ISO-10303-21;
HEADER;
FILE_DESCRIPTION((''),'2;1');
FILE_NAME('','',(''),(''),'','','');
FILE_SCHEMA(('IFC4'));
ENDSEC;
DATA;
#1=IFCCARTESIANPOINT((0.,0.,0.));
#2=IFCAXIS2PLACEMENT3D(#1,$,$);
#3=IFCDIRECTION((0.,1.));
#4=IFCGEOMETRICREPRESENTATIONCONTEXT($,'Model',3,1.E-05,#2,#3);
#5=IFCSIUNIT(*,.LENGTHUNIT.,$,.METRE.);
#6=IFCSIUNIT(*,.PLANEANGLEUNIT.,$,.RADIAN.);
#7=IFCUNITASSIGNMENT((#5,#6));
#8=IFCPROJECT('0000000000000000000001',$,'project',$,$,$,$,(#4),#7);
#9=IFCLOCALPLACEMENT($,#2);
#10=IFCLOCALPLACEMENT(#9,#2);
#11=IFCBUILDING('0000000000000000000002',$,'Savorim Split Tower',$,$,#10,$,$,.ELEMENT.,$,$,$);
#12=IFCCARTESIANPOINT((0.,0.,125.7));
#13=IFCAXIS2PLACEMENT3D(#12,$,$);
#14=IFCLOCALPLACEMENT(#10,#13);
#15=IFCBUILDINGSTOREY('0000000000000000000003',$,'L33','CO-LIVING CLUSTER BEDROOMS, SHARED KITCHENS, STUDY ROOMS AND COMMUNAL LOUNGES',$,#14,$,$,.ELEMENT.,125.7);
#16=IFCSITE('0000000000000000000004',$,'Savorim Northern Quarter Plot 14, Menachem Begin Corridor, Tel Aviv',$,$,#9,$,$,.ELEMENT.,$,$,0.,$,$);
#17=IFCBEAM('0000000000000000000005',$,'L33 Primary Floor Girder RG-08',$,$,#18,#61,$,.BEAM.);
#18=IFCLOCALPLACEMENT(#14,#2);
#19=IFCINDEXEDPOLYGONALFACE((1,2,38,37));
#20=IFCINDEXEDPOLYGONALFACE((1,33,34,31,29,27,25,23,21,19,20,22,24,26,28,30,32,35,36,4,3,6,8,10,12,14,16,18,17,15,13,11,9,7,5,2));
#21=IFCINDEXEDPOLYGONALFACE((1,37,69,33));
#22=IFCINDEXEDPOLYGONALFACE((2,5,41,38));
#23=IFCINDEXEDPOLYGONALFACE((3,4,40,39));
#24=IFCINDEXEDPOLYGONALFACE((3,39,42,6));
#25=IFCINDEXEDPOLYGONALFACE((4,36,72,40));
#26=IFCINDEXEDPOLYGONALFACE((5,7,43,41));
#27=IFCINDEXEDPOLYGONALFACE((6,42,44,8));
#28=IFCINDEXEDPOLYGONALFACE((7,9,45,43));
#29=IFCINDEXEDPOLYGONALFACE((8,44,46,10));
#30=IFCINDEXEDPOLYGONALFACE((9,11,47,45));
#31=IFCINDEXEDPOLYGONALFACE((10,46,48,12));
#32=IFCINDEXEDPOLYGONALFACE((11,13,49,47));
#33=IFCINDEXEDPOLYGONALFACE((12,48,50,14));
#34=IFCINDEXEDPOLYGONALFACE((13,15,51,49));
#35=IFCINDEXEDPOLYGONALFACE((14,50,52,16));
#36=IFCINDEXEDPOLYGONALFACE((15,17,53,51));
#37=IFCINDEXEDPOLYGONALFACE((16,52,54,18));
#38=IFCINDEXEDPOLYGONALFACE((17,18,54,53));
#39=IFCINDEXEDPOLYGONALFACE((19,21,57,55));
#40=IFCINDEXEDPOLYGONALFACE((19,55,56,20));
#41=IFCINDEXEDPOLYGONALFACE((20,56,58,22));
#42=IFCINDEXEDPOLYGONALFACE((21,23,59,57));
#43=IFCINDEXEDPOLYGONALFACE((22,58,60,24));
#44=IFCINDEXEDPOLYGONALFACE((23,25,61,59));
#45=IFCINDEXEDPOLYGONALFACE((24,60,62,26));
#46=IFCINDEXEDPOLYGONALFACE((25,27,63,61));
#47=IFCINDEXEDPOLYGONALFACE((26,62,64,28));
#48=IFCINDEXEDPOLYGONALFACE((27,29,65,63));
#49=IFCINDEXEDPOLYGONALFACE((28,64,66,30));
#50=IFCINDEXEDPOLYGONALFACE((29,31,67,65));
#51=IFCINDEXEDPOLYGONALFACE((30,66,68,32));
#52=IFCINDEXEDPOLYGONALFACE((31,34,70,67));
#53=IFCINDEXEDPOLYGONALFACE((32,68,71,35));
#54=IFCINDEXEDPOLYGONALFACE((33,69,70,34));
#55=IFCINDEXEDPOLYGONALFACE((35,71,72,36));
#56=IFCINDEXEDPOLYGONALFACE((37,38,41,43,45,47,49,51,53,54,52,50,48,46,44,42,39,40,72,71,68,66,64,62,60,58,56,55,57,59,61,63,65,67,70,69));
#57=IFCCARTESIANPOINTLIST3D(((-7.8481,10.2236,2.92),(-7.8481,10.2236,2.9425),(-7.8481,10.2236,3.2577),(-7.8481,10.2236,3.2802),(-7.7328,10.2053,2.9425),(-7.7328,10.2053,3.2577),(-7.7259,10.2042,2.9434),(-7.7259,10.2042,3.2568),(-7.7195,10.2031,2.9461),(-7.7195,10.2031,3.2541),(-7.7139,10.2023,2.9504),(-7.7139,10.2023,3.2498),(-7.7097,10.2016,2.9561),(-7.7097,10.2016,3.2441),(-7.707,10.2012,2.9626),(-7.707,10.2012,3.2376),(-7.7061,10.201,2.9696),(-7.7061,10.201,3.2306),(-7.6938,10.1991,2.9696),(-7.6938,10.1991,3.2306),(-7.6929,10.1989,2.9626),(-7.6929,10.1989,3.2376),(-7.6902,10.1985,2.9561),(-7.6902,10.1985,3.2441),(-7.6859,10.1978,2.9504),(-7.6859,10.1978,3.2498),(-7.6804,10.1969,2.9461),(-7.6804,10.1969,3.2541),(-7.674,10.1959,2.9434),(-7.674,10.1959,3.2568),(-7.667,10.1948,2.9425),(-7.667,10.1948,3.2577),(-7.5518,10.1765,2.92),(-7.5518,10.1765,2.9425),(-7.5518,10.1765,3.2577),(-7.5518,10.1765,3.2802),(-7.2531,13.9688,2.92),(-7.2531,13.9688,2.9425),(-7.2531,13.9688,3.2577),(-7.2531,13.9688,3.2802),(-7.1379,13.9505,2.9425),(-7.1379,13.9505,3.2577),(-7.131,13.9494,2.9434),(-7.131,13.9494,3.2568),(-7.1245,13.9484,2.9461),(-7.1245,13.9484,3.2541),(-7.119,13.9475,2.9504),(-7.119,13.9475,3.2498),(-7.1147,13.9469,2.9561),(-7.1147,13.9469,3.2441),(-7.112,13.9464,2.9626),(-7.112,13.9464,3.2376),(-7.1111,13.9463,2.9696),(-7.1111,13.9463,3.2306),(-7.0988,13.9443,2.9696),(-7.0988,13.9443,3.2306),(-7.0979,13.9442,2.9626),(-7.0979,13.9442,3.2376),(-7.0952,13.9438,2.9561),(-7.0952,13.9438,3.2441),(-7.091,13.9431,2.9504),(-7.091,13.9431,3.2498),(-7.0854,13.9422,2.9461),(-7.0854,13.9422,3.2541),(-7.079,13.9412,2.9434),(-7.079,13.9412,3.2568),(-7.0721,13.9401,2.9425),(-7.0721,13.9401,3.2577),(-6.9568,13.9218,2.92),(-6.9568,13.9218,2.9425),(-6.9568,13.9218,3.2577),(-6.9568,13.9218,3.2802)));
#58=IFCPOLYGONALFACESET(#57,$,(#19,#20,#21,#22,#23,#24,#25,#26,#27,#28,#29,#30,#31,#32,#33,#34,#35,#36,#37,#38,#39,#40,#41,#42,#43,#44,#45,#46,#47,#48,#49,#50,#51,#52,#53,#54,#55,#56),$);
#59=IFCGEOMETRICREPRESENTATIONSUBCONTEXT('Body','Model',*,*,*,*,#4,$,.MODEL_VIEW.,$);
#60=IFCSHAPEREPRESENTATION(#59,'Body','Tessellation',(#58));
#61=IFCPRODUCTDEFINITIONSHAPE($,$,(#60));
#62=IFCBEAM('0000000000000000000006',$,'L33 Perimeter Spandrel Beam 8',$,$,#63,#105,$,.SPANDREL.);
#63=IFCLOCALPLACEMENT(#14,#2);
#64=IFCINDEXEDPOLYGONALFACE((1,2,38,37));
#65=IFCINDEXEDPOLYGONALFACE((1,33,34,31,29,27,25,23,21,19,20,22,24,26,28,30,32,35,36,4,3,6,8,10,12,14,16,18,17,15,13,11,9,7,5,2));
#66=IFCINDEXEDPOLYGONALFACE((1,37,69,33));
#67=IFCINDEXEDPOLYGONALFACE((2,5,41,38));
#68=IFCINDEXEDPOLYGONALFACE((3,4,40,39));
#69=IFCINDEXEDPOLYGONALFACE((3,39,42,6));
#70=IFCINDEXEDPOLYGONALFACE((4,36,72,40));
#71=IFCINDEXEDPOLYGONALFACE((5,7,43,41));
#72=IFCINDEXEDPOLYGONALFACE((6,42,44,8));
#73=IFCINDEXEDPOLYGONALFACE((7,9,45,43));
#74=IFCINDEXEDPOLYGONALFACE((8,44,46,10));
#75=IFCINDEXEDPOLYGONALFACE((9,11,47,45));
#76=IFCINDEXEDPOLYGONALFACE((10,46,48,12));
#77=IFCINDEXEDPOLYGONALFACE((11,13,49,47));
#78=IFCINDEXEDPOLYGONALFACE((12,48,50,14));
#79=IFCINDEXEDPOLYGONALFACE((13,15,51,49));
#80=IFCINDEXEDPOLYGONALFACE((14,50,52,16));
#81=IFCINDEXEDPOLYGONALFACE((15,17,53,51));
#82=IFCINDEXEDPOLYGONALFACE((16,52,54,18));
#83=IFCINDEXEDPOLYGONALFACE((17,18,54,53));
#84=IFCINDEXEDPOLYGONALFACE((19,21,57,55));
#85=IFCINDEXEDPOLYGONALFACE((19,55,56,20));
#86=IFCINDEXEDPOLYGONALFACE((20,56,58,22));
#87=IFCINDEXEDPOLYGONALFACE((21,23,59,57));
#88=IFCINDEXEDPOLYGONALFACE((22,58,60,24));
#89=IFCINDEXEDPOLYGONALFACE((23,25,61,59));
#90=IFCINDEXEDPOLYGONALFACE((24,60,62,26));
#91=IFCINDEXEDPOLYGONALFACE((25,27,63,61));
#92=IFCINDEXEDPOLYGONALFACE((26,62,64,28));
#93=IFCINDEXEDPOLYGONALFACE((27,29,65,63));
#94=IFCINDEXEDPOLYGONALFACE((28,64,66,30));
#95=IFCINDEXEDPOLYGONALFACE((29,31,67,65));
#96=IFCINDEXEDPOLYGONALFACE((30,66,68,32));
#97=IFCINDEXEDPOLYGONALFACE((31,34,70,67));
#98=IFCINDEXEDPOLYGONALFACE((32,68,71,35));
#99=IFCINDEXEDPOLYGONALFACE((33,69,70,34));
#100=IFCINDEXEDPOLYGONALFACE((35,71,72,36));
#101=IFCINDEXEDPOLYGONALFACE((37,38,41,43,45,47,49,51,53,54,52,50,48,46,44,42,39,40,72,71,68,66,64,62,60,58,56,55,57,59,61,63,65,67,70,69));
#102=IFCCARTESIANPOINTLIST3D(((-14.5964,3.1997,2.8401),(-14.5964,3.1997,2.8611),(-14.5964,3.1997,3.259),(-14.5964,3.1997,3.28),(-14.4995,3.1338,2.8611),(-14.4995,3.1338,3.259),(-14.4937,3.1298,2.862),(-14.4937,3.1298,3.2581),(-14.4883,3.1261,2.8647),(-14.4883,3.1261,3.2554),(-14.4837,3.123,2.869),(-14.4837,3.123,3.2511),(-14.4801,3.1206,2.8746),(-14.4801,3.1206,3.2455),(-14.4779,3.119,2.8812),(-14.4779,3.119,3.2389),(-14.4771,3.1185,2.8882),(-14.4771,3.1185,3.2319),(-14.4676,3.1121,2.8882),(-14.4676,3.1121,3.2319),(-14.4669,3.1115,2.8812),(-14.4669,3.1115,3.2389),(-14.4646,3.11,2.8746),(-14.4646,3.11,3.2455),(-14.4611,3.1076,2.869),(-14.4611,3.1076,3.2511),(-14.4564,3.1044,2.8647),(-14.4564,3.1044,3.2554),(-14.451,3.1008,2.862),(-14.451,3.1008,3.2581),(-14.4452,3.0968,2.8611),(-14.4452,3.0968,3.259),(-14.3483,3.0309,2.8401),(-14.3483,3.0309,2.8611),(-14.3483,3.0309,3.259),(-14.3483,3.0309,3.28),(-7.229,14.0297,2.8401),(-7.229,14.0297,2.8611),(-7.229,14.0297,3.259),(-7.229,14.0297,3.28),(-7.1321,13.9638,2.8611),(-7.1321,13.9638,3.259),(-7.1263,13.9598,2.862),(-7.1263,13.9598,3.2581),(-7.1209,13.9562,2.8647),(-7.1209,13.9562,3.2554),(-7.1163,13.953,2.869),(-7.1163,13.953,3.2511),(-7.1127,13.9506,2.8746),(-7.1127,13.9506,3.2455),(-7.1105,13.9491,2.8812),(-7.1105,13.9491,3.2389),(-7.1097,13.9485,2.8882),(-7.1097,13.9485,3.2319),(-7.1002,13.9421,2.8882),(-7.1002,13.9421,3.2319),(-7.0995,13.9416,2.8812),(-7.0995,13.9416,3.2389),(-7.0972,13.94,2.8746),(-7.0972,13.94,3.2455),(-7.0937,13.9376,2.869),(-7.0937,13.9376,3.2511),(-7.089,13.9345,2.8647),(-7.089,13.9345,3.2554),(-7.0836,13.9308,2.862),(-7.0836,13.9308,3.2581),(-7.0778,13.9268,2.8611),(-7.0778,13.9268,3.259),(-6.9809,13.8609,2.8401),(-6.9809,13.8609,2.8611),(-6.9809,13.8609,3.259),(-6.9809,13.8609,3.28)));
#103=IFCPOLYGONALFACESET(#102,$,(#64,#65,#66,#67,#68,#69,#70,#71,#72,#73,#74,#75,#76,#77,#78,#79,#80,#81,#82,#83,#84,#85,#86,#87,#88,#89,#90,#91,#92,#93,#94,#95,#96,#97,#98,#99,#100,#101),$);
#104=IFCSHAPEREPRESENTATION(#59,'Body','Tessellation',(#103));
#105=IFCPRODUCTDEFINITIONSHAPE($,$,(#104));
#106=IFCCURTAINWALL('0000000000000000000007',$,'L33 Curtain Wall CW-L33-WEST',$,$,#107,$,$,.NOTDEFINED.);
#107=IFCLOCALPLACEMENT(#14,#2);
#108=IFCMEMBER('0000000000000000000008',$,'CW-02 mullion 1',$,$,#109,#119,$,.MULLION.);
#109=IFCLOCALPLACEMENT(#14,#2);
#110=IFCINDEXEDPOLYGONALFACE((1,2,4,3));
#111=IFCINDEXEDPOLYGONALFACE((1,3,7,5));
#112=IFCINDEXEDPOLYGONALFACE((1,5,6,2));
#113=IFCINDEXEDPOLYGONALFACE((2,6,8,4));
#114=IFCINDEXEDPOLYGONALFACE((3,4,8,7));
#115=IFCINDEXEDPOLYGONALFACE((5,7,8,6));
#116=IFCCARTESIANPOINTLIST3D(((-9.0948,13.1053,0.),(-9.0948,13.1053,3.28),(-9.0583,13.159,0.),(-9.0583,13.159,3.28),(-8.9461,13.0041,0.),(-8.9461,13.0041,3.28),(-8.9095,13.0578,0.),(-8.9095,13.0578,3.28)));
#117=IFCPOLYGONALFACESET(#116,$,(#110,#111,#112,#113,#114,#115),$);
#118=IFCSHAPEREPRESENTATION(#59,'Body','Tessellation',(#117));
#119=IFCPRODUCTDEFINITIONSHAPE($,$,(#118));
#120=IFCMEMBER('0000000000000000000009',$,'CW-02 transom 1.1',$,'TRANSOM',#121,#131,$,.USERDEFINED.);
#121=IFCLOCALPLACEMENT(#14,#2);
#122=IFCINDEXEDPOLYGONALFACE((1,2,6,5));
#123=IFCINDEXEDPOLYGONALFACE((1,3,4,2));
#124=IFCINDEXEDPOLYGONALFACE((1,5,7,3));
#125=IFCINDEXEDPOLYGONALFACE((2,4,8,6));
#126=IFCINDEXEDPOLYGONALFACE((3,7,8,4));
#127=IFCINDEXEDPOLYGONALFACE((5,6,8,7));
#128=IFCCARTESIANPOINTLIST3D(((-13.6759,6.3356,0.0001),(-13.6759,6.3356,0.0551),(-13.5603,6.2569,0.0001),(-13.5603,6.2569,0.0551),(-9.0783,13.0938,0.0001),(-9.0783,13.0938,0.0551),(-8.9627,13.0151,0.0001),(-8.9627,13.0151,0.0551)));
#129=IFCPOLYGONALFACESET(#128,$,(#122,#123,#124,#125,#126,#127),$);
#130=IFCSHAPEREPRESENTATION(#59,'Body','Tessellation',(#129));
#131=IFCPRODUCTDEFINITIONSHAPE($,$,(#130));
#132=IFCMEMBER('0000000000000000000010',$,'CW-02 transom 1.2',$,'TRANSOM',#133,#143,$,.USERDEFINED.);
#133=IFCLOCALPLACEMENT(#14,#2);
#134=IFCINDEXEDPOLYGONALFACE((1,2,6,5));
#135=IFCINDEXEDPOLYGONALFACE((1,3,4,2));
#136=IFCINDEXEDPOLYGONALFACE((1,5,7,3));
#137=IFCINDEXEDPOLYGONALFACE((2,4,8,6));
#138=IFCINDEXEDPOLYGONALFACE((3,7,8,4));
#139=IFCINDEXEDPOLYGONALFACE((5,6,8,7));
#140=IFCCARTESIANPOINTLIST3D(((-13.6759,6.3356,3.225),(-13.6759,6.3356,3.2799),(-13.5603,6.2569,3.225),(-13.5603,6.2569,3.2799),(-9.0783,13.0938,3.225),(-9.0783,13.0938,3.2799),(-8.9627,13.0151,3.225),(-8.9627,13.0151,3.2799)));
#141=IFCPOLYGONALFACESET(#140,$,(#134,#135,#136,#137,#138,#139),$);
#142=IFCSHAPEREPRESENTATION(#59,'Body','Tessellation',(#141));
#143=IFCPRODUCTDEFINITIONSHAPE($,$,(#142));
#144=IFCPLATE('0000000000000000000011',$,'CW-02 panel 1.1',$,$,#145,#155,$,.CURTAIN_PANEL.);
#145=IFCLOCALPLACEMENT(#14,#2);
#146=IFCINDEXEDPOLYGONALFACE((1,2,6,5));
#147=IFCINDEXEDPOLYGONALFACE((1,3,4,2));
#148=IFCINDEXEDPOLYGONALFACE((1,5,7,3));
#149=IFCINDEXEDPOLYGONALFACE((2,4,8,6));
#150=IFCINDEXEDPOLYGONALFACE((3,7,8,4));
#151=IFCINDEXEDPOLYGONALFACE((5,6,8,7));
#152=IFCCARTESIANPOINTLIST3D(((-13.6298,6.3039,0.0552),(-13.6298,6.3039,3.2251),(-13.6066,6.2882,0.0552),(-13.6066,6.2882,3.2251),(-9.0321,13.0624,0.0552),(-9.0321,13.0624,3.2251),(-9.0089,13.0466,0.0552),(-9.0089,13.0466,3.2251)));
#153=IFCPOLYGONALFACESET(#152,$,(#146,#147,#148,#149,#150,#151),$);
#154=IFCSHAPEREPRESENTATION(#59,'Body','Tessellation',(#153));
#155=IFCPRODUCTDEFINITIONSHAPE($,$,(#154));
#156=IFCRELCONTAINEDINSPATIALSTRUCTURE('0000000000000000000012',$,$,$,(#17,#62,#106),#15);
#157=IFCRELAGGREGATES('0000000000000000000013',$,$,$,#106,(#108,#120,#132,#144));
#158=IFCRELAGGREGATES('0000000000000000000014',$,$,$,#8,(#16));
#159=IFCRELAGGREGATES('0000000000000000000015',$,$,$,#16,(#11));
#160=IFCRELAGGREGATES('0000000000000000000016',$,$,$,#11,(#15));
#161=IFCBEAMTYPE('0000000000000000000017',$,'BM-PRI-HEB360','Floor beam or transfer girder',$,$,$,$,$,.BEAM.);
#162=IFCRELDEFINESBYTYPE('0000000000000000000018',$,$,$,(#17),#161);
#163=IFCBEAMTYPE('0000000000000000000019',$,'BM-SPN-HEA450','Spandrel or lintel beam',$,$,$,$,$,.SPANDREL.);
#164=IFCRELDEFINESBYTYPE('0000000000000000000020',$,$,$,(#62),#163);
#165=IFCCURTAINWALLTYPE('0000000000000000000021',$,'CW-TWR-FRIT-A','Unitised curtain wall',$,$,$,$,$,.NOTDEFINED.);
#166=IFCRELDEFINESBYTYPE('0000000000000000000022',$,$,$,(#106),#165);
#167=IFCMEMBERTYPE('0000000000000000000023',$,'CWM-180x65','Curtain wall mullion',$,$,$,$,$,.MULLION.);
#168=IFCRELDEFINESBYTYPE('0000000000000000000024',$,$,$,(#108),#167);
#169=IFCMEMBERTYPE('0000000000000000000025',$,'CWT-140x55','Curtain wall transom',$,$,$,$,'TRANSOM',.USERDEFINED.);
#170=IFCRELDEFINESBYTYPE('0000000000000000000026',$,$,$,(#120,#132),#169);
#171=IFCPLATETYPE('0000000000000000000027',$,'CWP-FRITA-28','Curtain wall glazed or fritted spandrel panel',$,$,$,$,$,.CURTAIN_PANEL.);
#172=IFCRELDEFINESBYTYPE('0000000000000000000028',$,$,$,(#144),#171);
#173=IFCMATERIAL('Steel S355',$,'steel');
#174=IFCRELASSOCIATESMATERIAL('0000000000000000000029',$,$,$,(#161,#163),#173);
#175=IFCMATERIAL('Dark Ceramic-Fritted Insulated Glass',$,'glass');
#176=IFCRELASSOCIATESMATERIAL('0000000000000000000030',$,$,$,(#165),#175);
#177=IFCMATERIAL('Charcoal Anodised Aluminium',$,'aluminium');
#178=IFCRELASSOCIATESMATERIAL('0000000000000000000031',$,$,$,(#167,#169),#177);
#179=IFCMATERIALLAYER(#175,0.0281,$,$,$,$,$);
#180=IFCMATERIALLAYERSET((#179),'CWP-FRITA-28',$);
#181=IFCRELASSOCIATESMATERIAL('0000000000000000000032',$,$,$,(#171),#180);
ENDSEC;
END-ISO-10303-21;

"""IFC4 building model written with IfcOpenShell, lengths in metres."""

from ifc_helpers import new_model, si_unit, direction, frame, origin, origin_2d, place, context, subcontext, project, spatial, rectangle, i_section, extrude, material, layer, layer_set, material_profile, profile_set, type_object, element, aggregate, save


model = new_model("IFC4")

# Units and contexts
model_context = context("Model", 3, precision=1e-05, world=origin(), true_north=direction((0.0, 1.0)))
body_context = subcontext(model_context, "Body", "Model", "MODEL_VIEW")
ifc_project = project(units=[si_unit("LENGTHUNIT", "METRE"), si_unit("PLANEANGLEUNIT", "RADIAN")], contexts=[model_context])

# Site, building, storey
site_placement = place(None, origin())
site = spatial("IfcSite", under=ifc_project, at=site_placement, Name="Savorim Northern Quarter Plot 14, Menachem Begin Corridor, Tel Aviv", CompositionType="ELEMENT", RefElevation=0.0)
building_placement = place(site_placement, origin())
building = spatial("IfcBuilding", under=site, at=building_placement, Name="Savorim Split Tower", CompositionType="ELEMENT")
storey_placement = place(building_placement, frame((0.0, 0.0, 125.7)))
storey = spatial("IfcBuildingStorey", under=building, at=storey_placement, Name="L33", Description="CO-LIVING CLUSTER BEDROOMS, SHARED KITCHENS, STUDY ROOMS AND COMMUNAL LOUNGES", CompositionType="ELEMENT", Elevation=125.7)

# Beams
ifc_material_1 = material(Name="Steel S355", Category="steel")
ifc_material_profile_1 = material_profile(ifc_material_1, i_section(OverallWidth=0.3, OverallDepth=0.3601, WebThickness=0.0125, FlangeThickness=0.0225, FilletRadius=0.0271, at=origin_2d()), Name="HEB 360")
ifc_profile_set_1 = profile_set([ifc_material_profile_1], Name="Steel S355")
beam_type_1 = type_object("IfcBeamType", Name="BM-PRI-HEB360", Description="Floor beam or transfer girder", PredefinedType="BEAM", material=ifc_profile_set_1)
beam_1_placement = place(storey_placement, frame((-7.105, 13.9453, 3.1001), z_axis=(-0.156888, -0.987616, 0.0), x_axis=(0.987616, -0.156888, 0.0)))
element("IfcBeam", 1, at=beam_1_placement, inside=storey, type_object=beam_type_1, Name="L33 Primary Floor Girder RG-08", PredefinedType="BEAM", context=body_context, shape_type="SweptSolid", body=[
    extrude(i_section(OverallWidth=0.3, OverallDepth=0.3601, WebThickness=0.0125, FlangeThickness=0.0225, FilletRadius=0.0271, at=origin_2d()), origin(), (0.0, 0.0, 1.0), 3.7922),
])
ifc_material_profile_2 = material_profile(ifc_material_1, i_section(OverallWidth=0.3, OverallDepth=0.4399, WebThickness=0.0115, FlangeThickness=0.021, FilletRadius=0.0271, at=origin_2d()), Name="HEA 450")
ifc_profile_set_2 = profile_set([ifc_material_profile_2], Name="Steel S355")
beam_type_2 = type_object("IfcBeamType", Name="BM-SPN-HEA450", Description="Spandrel or lintel beam", PredefinedType="SPANDREL", material=ifc_profile_set_2)
beam_2_placement = place(storey_placement, frame((-7.105, 13.9453, 3.0601), z_axis=(-0.562466, -0.826821, 0.0), x_axis=(0.826821, -0.562466, 0.0)))
element("IfcBeam", 2, at=beam_2_placement, inside=storey, type_object=beam_type_2, Name="L33 Perimeter Spandrel Beam 8", PredefinedType="SPANDREL", context=body_context, shape_type="SweptSolid", body=[
    extrude(i_section(OverallWidth=0.3, OverallDepth=0.4399, WebThickness=0.0115, FlangeThickness=0.021, FilletRadius=0.0271, at=origin_2d()), origin(), (0.0, 0.0, 1.0), 13.0984),
])

# Curtain wall, members, plate
ifc_material_2 = material(Name="Dark Ceramic-Fritted Insulated Glass", Category="glass")
curtain_wall_type = type_object("IfcCurtainWallType", Name="CW-TWR-FRIT-A", Description="Unitised curtain wall", PredefinedType="NOTDEFINED", material=ifc_material_2)
curtain_wall_placement = place(storey_placement, origin())
curtain_wall = element("IfcCurtainWall", 3, at=curtain_wall_placement, inside=storey, type_object=curtain_wall_type, Name="L33 Curtain Wall CW-L33-WEST", PredefinedType="NOTDEFINED")
ifc_material_3 = material(Name="Charcoal Anodised Aluminium", Category="aluminium")
ifc_material_profile_3 = material_profile(ifc_material_3, rectangle(XDim=0.1799, YDim=0.0649, at=origin_2d()), Name="ALU-M 180x65")
ifc_profile_set_3 = profile_set([ifc_material_profile_3], Name="Charcoal Anodised Aluminium")
member_type_1 = type_object("IfcMemberType", Name="CWM-180x65", Description="Curtain wall mullion", PredefinedType="MULLION", material=ifc_profile_set_3)
member_1_placement = place(storey_placement, frame((-9.0022, 13.0815, 0.0), z_axis=(0.0, 0.0, 1.0), x_axis=(0.82682, -0.562467, 0.0)))
member_1 = element("IfcMember", 4, at=member_1_placement, type_object=member_type_1, Name="CW-02 mullion 1", PredefinedType="MULLION", context=body_context, shape_type="SweptSolid", body=[
    extrude(rectangle(XDim=0.1799, YDim=0.0649, at=origin_2d()), origin(), (0.0, 0.0, 1.0), 3.28),
])
ifc_material_profile_4 = material_profile(ifc_material_3, rectangle(XDim=0.1399, YDim=0.0549, at=origin_2d()), Name="ALU-T 140x55")
ifc_profile_set_4 = profile_set([ifc_material_profile_4], Name="Charcoal Anodised Aluminium")
member_type_2 = type_object("IfcMemberType", Name="CWT-140x55", Description="Curtain wall transom", ElementType="TRANSOM", PredefinedType="USERDEFINED", material=ifc_profile_set_4)
member_2_placement = place(storey_placement, frame((-9.0205, 13.0544, 0.0276), z_axis=(-0.562478, -0.826812, 0.0), x_axis=(0.826812, -0.562478, 0.0)))
member_2 = element("IfcMember", 5, at=member_2_placement, type_object=member_type_2, Name="CW-02 transom 1.1", ObjectType="TRANSOM", PredefinedType="USERDEFINED", context=body_context, shape_type="SweptSolid", body=[
    extrude(rectangle(XDim=0.1399, YDim=0.0549, at=origin_2d()), origin(), (0.0, 0.0, 1.0), 8.1738),
])
member_3_placement = place(storey_placement, frame((-9.0205, 13.0544, 3.2524), z_axis=(-0.562478, -0.826812, 0.0), x_axis=(0.826812, -0.562478, 0.0)))
member_3 = element("IfcMember", 6, at=member_3_placement, type_object=member_type_2, Name="CW-02 transom 1.2", ObjectType="TRANSOM", PredefinedType="USERDEFINED", context=body_context, shape_type="SweptSolid", body=[
    extrude(rectangle(XDim=0.1399, YDim=0.0549, at=origin_2d()), origin(), (0.0, 0.0, 1.0), 8.1738),
])
ifc_layer_1 = layer(ifc_material_2, 0.0281)
ifc_layer_set_1 = layer_set([ifc_layer_1], Name="CWP-FRITA-28")
plate_type = type_object("IfcPlateType", Name="CWP-FRITA-28", Description="Curtain wall glazed or fritted spandrel panel", PredefinedType="CURTAIN_PANEL", material=ifc_layer_set_1)
plate_placement = place(storey_placement, frame((-11.3193, 9.6753, 0.0552), z_axis=(0.0, 0.0, 1.0), x_axis=(-0.562467, -0.82682, 0.0)))
plate = element("IfcPlate", 7, at=plate_placement, type_object=plate_type, Name="CW-02 panel 1.1", PredefinedType="CURTAIN_PANEL", context=body_context, shape_type="SweptSolid", body=[
    extrude(rectangle(XDim=8.1741, YDim=0.0281, at=origin_2d()), origin(), (0.0, 0.0, 1.0), 3.1699),
])
aggregate(curtain_wall, [member_1, member_2, member_3, plate])

save(model, "model.ifc")
